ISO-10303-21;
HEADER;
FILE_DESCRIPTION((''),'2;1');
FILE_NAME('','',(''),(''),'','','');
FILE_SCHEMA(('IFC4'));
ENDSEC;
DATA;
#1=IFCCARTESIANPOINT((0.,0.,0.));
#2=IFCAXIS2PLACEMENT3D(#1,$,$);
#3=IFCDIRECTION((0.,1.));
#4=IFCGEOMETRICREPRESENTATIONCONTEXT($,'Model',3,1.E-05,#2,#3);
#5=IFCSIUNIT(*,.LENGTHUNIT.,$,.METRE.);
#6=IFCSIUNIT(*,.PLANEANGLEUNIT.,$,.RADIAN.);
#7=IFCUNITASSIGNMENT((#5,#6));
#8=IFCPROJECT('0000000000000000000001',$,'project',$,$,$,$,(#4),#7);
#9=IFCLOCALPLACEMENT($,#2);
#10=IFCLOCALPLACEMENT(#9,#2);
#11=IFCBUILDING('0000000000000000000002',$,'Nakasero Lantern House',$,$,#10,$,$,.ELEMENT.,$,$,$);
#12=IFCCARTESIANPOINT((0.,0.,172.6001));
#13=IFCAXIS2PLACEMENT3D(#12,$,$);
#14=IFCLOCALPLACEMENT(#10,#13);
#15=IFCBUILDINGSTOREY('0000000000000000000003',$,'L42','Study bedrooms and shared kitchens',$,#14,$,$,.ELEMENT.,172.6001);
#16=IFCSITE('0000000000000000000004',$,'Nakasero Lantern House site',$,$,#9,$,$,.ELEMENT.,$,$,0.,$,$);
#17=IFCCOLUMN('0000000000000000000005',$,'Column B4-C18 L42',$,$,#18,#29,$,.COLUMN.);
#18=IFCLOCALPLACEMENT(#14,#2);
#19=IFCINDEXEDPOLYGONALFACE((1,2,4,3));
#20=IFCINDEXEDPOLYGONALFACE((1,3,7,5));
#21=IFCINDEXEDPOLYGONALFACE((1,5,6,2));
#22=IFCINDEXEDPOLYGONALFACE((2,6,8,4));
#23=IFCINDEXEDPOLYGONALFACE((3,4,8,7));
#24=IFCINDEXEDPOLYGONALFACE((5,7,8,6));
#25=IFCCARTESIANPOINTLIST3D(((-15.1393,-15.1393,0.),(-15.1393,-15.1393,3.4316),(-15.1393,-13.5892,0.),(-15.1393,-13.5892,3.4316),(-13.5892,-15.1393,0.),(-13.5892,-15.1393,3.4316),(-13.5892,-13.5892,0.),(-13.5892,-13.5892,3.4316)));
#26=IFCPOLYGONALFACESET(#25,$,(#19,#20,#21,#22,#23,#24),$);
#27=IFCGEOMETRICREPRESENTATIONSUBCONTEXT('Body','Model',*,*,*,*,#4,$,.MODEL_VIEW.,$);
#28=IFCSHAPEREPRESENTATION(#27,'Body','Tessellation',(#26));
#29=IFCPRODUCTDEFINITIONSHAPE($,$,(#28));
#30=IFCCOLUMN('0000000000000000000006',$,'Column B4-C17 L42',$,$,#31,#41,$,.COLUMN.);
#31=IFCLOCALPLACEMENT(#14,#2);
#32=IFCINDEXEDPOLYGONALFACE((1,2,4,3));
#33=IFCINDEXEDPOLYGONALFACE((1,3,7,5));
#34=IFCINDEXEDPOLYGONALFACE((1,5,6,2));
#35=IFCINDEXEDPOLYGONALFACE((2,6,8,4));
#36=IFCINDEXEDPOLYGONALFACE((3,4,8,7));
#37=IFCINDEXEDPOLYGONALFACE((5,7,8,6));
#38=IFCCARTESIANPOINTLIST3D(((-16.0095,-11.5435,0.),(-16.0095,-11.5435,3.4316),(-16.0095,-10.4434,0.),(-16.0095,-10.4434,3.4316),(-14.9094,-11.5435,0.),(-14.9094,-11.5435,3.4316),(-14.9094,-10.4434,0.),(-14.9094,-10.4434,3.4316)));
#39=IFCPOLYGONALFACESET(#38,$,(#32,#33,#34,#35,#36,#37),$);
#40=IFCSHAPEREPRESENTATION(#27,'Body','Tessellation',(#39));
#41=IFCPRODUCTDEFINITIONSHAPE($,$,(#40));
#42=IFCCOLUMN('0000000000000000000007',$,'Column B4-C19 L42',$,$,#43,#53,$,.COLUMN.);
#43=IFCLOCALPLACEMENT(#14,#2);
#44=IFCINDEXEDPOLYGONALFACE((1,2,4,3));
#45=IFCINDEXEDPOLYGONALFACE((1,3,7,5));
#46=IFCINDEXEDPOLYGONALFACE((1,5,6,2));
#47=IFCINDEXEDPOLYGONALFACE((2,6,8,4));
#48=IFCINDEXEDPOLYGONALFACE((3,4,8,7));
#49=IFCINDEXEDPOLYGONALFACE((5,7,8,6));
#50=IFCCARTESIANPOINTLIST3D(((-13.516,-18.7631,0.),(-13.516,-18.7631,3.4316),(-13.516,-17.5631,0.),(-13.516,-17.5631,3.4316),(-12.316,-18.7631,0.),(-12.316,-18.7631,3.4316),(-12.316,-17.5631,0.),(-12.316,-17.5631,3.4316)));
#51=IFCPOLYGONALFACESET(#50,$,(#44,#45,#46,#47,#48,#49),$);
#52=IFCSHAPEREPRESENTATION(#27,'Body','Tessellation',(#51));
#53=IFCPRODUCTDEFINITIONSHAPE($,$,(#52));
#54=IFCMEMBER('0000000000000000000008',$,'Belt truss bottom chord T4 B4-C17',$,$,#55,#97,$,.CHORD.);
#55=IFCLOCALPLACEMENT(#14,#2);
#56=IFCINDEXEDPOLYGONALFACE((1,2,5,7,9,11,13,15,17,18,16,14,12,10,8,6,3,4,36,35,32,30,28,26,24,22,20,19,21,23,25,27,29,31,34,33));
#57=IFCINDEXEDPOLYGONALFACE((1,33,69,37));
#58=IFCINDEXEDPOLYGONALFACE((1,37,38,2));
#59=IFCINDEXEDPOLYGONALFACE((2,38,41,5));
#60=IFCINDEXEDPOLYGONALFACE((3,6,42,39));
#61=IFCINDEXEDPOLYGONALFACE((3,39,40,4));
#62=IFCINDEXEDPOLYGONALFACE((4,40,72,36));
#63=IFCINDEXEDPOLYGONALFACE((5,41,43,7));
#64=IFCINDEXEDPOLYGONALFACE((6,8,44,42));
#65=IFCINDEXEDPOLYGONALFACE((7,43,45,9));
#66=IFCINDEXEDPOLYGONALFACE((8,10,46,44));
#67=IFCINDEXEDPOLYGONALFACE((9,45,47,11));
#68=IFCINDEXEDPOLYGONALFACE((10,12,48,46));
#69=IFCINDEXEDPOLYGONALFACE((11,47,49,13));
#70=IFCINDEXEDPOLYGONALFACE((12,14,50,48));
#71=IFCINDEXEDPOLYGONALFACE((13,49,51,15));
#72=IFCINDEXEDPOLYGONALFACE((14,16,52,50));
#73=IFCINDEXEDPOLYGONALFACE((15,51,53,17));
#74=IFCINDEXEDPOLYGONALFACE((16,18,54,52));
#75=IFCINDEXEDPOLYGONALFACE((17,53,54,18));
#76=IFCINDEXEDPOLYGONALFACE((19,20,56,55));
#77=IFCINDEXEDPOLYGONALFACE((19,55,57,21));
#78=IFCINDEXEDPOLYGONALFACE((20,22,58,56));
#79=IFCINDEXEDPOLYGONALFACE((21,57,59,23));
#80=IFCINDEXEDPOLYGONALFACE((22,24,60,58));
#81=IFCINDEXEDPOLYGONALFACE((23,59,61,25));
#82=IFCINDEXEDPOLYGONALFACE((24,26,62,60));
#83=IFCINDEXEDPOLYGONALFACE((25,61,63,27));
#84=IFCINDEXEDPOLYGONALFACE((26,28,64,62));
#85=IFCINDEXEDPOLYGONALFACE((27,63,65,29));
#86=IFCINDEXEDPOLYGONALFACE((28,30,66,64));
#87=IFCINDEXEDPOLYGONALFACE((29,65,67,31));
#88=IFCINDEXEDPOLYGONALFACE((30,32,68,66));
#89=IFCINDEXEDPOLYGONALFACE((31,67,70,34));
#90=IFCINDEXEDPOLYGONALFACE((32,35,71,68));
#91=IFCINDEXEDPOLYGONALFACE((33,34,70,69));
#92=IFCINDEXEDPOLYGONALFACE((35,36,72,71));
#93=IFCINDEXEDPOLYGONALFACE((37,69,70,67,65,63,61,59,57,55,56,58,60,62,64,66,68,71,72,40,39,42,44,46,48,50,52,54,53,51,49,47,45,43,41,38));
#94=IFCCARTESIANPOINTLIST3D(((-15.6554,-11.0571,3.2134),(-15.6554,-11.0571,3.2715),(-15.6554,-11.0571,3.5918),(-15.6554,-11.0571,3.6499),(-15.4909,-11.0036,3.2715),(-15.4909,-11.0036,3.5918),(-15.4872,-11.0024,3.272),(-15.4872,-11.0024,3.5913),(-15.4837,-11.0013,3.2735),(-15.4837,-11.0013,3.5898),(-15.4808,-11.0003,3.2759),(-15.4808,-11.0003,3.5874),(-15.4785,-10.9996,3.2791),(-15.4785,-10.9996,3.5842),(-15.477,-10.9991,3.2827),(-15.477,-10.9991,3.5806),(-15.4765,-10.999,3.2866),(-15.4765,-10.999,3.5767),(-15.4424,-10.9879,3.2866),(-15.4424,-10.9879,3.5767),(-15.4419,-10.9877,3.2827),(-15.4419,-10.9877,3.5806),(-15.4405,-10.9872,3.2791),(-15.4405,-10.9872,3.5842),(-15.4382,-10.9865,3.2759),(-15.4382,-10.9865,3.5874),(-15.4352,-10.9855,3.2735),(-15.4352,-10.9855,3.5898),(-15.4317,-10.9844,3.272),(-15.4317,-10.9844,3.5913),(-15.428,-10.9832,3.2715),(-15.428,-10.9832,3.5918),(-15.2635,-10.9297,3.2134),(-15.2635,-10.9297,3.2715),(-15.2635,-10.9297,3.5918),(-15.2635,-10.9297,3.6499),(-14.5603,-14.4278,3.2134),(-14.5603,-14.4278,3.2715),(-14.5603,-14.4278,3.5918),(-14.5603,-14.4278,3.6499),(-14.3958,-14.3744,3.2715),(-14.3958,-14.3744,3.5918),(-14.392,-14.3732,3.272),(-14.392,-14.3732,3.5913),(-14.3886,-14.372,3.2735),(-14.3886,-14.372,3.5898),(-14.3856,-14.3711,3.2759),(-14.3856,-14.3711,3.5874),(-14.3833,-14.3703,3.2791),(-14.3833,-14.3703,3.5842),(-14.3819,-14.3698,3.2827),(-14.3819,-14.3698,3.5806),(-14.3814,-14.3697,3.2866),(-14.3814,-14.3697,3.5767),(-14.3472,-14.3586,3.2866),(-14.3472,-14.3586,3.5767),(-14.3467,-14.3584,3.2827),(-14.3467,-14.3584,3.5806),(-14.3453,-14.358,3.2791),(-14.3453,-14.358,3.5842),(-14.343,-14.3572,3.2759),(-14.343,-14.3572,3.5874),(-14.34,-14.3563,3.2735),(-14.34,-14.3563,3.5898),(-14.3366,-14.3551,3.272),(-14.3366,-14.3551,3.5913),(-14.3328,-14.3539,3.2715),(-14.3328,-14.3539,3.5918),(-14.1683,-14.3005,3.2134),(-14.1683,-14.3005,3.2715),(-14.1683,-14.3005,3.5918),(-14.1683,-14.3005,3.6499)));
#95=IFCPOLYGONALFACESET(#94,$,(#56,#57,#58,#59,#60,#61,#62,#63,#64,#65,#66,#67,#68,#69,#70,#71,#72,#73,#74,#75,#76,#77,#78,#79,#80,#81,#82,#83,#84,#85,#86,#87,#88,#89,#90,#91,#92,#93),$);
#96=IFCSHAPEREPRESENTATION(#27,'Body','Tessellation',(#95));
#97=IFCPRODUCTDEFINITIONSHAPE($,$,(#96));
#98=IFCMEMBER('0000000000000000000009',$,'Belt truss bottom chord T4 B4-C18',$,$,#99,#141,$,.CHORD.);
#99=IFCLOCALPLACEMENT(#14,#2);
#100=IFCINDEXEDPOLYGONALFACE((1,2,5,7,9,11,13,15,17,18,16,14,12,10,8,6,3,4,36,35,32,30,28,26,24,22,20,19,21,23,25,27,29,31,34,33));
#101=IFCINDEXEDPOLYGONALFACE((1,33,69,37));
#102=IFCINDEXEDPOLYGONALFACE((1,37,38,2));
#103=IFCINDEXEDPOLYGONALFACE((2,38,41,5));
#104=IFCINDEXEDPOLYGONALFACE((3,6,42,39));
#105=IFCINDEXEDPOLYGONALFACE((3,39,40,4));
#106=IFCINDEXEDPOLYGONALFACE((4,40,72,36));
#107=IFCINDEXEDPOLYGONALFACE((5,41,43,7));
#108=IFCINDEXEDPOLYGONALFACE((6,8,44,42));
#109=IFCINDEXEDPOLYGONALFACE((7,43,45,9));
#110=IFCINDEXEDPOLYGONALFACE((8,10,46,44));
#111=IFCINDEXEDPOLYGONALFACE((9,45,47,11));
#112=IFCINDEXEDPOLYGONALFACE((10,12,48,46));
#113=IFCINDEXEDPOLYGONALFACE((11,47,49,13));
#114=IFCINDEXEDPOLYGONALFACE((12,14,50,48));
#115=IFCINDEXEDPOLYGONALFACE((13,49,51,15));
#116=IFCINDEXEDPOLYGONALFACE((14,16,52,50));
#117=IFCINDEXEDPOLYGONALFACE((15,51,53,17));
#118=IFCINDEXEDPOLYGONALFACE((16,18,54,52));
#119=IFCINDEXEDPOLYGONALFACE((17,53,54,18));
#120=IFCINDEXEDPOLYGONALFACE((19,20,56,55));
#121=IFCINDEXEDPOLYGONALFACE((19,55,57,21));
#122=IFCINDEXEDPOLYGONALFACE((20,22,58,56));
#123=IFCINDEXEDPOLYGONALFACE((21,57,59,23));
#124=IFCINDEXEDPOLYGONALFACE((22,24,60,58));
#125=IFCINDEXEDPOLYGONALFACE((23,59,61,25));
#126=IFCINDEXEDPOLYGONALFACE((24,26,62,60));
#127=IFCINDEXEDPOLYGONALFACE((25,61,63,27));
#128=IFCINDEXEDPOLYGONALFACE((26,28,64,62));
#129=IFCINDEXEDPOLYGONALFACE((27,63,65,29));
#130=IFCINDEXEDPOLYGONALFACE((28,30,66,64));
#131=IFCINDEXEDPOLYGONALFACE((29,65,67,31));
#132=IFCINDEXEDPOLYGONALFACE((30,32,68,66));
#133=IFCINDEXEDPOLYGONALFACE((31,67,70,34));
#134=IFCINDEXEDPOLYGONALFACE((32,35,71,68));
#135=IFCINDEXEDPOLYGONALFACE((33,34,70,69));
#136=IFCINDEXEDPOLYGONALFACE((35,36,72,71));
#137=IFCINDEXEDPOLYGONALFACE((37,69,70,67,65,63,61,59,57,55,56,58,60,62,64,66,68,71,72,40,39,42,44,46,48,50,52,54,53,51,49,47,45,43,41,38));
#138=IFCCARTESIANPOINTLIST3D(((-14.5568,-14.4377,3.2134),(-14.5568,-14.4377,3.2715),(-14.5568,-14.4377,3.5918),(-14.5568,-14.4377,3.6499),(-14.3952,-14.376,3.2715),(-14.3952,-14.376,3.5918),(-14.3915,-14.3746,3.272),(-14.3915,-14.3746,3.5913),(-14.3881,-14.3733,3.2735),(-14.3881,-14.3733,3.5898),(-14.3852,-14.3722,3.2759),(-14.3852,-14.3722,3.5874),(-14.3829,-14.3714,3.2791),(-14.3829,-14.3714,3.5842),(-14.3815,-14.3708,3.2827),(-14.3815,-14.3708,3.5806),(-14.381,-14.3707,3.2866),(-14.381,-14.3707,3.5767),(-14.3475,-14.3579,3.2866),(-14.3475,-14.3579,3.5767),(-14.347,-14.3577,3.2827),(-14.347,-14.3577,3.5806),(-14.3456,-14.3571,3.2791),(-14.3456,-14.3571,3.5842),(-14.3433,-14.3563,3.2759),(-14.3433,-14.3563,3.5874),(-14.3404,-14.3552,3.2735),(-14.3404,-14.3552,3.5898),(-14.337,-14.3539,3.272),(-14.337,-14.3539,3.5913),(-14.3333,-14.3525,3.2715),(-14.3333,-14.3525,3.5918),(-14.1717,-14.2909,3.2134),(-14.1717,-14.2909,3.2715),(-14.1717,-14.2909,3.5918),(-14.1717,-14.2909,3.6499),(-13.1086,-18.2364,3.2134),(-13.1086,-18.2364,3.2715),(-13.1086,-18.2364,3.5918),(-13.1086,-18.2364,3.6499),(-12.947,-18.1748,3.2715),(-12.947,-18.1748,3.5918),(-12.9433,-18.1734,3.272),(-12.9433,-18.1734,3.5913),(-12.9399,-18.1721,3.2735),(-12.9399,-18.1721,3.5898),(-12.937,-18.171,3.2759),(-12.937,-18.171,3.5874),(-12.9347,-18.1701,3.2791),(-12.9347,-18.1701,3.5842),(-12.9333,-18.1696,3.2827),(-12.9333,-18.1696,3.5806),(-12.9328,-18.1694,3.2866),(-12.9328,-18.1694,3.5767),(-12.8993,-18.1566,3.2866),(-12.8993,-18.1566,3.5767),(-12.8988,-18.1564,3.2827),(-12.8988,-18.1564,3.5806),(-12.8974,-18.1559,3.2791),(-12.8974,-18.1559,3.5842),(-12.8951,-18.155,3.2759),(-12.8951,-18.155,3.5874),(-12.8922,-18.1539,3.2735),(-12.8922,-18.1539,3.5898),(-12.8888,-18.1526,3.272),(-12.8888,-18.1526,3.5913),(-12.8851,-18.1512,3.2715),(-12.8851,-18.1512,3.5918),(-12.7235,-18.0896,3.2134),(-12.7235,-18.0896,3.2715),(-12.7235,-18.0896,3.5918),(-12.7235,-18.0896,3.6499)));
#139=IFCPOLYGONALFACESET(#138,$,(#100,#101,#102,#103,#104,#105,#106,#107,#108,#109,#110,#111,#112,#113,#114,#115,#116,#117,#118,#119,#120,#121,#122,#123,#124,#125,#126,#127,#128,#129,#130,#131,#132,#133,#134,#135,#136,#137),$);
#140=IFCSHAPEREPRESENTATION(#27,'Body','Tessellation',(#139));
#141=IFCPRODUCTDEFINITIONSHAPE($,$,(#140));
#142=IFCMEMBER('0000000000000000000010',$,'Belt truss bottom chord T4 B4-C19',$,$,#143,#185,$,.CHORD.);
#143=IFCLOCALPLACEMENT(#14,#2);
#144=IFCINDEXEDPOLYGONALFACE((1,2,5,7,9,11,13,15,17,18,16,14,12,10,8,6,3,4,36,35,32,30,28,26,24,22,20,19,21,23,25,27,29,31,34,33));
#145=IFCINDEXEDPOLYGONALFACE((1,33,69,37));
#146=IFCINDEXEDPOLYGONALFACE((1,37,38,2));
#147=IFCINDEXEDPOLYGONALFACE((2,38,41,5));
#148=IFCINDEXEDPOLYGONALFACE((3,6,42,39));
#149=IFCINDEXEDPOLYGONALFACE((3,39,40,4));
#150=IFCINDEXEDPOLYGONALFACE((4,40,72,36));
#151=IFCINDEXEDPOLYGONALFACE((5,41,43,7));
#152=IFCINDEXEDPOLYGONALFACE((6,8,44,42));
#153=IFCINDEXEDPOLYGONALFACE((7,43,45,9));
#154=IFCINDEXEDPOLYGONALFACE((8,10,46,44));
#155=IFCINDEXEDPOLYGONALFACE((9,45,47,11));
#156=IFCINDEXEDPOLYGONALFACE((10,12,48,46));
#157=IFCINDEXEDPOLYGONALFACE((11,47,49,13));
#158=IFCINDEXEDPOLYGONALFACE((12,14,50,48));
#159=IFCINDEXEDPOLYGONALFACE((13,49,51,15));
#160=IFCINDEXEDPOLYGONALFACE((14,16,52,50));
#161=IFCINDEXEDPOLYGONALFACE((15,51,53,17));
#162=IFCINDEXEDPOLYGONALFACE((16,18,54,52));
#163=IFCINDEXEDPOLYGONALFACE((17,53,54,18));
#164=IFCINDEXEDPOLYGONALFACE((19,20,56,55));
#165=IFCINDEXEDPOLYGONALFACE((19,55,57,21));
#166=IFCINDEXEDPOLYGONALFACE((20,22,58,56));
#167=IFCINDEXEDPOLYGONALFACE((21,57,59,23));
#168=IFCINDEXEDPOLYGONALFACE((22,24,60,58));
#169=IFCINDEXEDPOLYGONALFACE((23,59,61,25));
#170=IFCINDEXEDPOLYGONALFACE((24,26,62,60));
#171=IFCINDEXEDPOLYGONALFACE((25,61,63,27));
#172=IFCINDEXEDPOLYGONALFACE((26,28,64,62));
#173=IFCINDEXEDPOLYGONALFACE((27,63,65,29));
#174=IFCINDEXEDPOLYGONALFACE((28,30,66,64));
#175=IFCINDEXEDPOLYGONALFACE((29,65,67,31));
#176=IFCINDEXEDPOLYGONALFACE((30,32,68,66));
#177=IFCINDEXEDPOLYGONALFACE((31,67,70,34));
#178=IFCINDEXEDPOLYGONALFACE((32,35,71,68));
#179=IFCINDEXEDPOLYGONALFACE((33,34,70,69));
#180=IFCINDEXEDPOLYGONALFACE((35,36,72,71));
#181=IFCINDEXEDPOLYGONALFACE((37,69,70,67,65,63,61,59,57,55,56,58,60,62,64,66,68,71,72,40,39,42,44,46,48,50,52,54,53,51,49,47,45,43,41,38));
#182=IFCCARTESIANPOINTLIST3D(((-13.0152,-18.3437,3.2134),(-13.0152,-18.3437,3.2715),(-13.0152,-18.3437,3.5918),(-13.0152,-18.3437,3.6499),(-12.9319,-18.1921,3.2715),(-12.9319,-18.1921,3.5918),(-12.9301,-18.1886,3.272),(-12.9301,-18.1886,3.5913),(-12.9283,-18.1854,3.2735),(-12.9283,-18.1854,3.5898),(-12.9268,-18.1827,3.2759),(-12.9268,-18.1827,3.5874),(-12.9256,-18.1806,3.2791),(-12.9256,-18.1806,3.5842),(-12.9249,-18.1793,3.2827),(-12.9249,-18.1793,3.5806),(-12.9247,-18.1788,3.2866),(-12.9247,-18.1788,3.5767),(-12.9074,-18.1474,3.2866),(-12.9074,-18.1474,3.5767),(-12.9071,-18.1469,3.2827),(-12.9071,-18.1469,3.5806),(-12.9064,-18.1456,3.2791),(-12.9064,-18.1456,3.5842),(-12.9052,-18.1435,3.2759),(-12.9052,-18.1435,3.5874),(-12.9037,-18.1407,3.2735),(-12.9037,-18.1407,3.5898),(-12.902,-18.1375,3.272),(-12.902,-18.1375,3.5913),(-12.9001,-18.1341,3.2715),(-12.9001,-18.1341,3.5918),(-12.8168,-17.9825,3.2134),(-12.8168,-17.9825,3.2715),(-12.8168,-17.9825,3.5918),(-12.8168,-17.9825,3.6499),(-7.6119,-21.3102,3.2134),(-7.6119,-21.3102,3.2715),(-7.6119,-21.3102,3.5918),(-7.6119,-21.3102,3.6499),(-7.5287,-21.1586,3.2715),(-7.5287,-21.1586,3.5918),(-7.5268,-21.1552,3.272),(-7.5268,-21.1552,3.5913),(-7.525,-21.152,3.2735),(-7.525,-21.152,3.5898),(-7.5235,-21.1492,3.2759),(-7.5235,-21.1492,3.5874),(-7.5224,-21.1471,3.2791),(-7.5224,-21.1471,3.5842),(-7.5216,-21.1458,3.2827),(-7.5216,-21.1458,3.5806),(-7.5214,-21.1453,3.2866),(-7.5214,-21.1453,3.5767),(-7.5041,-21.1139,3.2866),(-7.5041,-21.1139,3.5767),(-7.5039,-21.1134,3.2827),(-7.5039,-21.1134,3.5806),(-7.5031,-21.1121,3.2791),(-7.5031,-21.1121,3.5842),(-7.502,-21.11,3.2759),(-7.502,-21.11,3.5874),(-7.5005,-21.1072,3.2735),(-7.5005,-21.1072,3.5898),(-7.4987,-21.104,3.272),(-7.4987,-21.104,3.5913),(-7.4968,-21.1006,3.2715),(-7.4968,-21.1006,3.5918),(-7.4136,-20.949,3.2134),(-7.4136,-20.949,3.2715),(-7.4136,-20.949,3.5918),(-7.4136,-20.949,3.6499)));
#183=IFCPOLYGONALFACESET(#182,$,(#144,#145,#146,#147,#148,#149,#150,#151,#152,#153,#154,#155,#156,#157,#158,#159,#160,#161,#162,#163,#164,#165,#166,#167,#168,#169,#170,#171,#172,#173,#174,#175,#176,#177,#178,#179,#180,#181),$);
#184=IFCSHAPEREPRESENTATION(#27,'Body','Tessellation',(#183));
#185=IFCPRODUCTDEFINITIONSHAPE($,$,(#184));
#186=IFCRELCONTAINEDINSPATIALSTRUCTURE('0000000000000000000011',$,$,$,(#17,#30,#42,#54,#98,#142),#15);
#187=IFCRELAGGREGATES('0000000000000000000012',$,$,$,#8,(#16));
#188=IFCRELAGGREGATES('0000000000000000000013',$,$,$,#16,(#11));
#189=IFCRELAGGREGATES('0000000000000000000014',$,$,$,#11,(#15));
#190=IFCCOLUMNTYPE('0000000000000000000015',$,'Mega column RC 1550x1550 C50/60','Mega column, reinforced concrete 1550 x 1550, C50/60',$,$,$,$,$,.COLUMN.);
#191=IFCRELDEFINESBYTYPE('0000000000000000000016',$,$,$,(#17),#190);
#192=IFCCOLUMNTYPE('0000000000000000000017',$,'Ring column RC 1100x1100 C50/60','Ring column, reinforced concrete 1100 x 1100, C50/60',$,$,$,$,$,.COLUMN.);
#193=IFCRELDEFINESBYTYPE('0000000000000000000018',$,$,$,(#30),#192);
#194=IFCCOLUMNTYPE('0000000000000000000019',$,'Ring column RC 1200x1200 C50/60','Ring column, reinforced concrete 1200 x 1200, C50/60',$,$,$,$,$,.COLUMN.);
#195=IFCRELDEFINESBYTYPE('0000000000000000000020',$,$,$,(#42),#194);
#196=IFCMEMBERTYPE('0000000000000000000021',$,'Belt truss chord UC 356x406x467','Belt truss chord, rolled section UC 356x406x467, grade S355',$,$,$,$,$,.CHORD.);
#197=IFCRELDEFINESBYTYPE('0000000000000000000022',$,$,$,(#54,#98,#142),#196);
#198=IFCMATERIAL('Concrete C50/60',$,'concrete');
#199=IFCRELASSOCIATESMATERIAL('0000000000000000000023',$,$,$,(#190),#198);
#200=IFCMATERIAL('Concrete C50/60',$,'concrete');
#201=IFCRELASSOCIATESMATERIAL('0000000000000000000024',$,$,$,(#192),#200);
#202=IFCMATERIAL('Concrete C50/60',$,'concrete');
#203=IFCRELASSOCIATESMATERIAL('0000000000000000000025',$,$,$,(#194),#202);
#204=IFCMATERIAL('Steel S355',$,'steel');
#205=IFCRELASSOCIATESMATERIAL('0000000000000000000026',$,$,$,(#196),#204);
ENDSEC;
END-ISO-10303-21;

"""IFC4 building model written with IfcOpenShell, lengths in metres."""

from ifc_helpers import new_model, si_unit, direction, frame, origin, origin_2d, place, context, subcontext, project, spatial, rectangle, i_section, extrude, material, material_profile, profile_set, type_object, element, save


model = new_model("IFC4")

# Units and contexts
model_context = context("Model", 3, precision=1e-05, world=origin(), true_north=direction((0.0, 1.0)))
body_context = subcontext(model_context, "Body", "Model", "MODEL_VIEW")
ifc_project = project(units=[si_unit("LENGTHUNIT", "METRE"), si_unit("PLANEANGLEUNIT", "RADIAN")], contexts=[model_context])

# Site, building, storey
site_placement = place(None, origin())
site = spatial("IfcSite", under=ifc_project, at=site_placement, Name="Nakasero Lantern House site", CompositionType="ELEMENT", RefElevation=0.0)
building_placement = place(site_placement, origin())
building = spatial("IfcBuilding", under=site, at=building_placement, Name="Nakasero Lantern House", CompositionType="ELEMENT")
storey_placement = place(building_placement, frame((0.0, 0.0, 172.6001)))
storey = spatial("IfcBuildingStorey", under=building, at=storey_placement, Name="L42", Description="Study bedrooms and shared kitchens", CompositionType="ELEMENT", Elevation=172.6001)

# Columns
ifc_material_1 = material(Name="Concrete C50/60", Category="concrete")
ifc_material_profile_1 = material_profile(ifc_material_1, rectangle(XDim=1.55, YDim=1.55, at=origin_2d()), Name="RC 1550x1550")
ifc_profile_set_1 = profile_set([ifc_material_profile_1], Name="Concrete C50/60")
column_type_1 = type_object("IfcColumnType", Name="Mega column RC 1550x1550 C50/60", Description="Mega column, reinforced concrete 1550 x 1550, C50/60", PredefinedType="COLUMN", material=ifc_profile_set_1)
column_1_placement = place(storey_placement, frame((-14.3643, -14.3643, 0.0), z_axis=(0.0, 0.0, 1.0), x_axis=(1.0, 0.0, 0.0)))
element("IfcColumn", 1, at=column_1_placement, inside=storey, type_object=column_type_1, Name="Column B4-C18 L42", PredefinedType="COLUMN", context=body_context, shape_type="SweptSolid", body=[
    extrude(rectangle(XDim=1.55, YDim=1.55, at=origin_2d()), origin(), (0.0, 0.0, 1.0), 3.4316),
])
ifc_material_2 = material(Name="Concrete C50/60", Category="concrete")
ifc_material_profile_2 = material_profile(ifc_material_2, rectangle(XDim=1.1001, YDim=1.1001, at=origin_2d()), Name="RC 1100x1100")
ifc_profile_set_2 = profile_set([ifc_material_profile_2], Name="Concrete C50/60")
column_type_2 = type_object("IfcColumnType", Name="Ring column RC 1100x1100 C50/60", Description="Ring column, reinforced concrete 1100 x 1100, C50/60", PredefinedType="COLUMN", material=ifc_profile_set_2)
column_2_placement = place(storey_placement, frame((-15.4595, -10.9934, 0.0), z_axis=(0.0, 0.0, 1.0), x_axis=(1.0, 0.0, 0.0)))
element("IfcColumn", 2, at=column_2_placement, inside=storey, type_object=column_type_2, Name="Column B4-C17 L42", PredefinedType="COLUMN", context=body_context, shape_type="SweptSolid", body=[
    extrude(rectangle(XDim=1.1001, YDim=1.1001, at=origin_2d()), origin(), (0.0, 0.0, 1.0), 3.4316),
])
ifc_material_3 = material(Name="Concrete C50/60", Category="concrete")
ifc_material_profile_3 = material_profile(ifc_material_3, rectangle(XDim=1.2, YDim=1.2, at=origin_2d()), Name="RC 1200x1200")
ifc_profile_set_3 = profile_set([ifc_material_profile_3], Name="Concrete C50/60")
column_type_3 = type_object("IfcColumnType", Name="Ring column RC 1200x1200 C50/60", Description="Ring column, reinforced concrete 1200 x 1200, C50/60", PredefinedType="COLUMN", material=ifc_profile_set_3)
column_3_placement = place(storey_placement, frame((-12.916, -18.1631, 0.0), z_axis=(0.0, 0.0, 1.0), x_axis=(1.0, 0.0, 0.0)))
element("IfcColumn", 3, at=column_3_placement, inside=storey, type_object=column_type_3, Name="Column B4-C19 L42", PredefinedType="COLUMN", context=body_context, shape_type="SweptSolid", body=[
    extrude(rectangle(XDim=1.2, YDim=1.2, at=origin_2d()), origin(), (0.0, 0.0, 1.0), 3.4316),
])

# Members
ifc_material_4 = material(Name="Steel S355", Category="steel")
ifc_material_profile_4 = material_profile(ifc_material_4, i_section(OverallWidth=0.4121, OverallDepth=0.4365, WebThickness=0.0359, FlangeThickness=0.0581, FilletRadius=0.0151, at=origin_2d()), Name="UC 356x406x467")
ifc_profile_set_4 = profile_set([ifc_material_profile_4], Name="Steel S355")
member_type = type_object("IfcMemberType", Name="Belt truss chord UC 356x406x467", Description="Belt truss chord, rolled section UC 356x406x467, grade S355", PredefinedType="CHORD", material=ifc_profile_set_4)
member_1_placement = place(storey_placement, frame((-15.4595, -10.9934, 3.4316), z_axis=(0.309007, -0.95106, 0.0), x_axis=(0.95106, 0.309007, 0.0)))
element("IfcMember", 4, at=member_1_placement, inside=storey, type_object=member_type, Name="Belt truss bottom chord T4 B4-C17", PredefinedType="CHORD", context=body_context, shape_type="SweptSolid", body=[
    extrude(i_section(OverallWidth=0.4121, OverallDepth=0.4365, WebThickness=0.0359, FlangeThickness=0.0581, FilletRadius=0.0151, at=origin_2d()), origin(), (0.0, 0.0, 1.0), 3.5442),
])
member_2_placement = place(storey_placement, frame((-14.3643, -14.3643, 3.4316), z_axis=(0.356225, -0.9344, 0.0), x_axis=(0.9344, 0.356225, 0.0)))
element("IfcMember", 5, at=member_2_placement, inside=storey, type_object=member_type, Name="Belt truss bottom chord T4 B4-C18", PredefinedType="CHORD", context=body_context, shape_type="SweptSolid", body=[
    extrude(i_section(OverallWidth=0.4121, OverallDepth=0.4365, WebThickness=0.0359, FlangeThickness=0.0581, FilletRadius=0.0151, at=origin_2d()), origin(), (0.0, 0.0, 1.0), 4.0654),
])
member_3_placement = place(storey_placement, frame((-12.916, -18.1631, 3.4316), z_axis=(0.876577, -0.481262, 0.0), x_axis=(0.481262, 0.876577, 0.0)))
element("IfcMember", 6, at=member_3_placement, inside=storey, type_object=member_type, Name="Belt truss bottom chord T4 B4-C19", PredefinedType="CHORD", context=body_context, shape_type="SweptSolid", body=[
    extrude(i_section(OverallWidth=0.4121, OverallDepth=0.4365, WebThickness=0.0359, FlangeThickness=0.0581, FilletRadius=0.0151, at=origin_2d()), origin(), (0.0, 0.0, 1.0), 6.1641),
])

save(model, "model.ifc")
